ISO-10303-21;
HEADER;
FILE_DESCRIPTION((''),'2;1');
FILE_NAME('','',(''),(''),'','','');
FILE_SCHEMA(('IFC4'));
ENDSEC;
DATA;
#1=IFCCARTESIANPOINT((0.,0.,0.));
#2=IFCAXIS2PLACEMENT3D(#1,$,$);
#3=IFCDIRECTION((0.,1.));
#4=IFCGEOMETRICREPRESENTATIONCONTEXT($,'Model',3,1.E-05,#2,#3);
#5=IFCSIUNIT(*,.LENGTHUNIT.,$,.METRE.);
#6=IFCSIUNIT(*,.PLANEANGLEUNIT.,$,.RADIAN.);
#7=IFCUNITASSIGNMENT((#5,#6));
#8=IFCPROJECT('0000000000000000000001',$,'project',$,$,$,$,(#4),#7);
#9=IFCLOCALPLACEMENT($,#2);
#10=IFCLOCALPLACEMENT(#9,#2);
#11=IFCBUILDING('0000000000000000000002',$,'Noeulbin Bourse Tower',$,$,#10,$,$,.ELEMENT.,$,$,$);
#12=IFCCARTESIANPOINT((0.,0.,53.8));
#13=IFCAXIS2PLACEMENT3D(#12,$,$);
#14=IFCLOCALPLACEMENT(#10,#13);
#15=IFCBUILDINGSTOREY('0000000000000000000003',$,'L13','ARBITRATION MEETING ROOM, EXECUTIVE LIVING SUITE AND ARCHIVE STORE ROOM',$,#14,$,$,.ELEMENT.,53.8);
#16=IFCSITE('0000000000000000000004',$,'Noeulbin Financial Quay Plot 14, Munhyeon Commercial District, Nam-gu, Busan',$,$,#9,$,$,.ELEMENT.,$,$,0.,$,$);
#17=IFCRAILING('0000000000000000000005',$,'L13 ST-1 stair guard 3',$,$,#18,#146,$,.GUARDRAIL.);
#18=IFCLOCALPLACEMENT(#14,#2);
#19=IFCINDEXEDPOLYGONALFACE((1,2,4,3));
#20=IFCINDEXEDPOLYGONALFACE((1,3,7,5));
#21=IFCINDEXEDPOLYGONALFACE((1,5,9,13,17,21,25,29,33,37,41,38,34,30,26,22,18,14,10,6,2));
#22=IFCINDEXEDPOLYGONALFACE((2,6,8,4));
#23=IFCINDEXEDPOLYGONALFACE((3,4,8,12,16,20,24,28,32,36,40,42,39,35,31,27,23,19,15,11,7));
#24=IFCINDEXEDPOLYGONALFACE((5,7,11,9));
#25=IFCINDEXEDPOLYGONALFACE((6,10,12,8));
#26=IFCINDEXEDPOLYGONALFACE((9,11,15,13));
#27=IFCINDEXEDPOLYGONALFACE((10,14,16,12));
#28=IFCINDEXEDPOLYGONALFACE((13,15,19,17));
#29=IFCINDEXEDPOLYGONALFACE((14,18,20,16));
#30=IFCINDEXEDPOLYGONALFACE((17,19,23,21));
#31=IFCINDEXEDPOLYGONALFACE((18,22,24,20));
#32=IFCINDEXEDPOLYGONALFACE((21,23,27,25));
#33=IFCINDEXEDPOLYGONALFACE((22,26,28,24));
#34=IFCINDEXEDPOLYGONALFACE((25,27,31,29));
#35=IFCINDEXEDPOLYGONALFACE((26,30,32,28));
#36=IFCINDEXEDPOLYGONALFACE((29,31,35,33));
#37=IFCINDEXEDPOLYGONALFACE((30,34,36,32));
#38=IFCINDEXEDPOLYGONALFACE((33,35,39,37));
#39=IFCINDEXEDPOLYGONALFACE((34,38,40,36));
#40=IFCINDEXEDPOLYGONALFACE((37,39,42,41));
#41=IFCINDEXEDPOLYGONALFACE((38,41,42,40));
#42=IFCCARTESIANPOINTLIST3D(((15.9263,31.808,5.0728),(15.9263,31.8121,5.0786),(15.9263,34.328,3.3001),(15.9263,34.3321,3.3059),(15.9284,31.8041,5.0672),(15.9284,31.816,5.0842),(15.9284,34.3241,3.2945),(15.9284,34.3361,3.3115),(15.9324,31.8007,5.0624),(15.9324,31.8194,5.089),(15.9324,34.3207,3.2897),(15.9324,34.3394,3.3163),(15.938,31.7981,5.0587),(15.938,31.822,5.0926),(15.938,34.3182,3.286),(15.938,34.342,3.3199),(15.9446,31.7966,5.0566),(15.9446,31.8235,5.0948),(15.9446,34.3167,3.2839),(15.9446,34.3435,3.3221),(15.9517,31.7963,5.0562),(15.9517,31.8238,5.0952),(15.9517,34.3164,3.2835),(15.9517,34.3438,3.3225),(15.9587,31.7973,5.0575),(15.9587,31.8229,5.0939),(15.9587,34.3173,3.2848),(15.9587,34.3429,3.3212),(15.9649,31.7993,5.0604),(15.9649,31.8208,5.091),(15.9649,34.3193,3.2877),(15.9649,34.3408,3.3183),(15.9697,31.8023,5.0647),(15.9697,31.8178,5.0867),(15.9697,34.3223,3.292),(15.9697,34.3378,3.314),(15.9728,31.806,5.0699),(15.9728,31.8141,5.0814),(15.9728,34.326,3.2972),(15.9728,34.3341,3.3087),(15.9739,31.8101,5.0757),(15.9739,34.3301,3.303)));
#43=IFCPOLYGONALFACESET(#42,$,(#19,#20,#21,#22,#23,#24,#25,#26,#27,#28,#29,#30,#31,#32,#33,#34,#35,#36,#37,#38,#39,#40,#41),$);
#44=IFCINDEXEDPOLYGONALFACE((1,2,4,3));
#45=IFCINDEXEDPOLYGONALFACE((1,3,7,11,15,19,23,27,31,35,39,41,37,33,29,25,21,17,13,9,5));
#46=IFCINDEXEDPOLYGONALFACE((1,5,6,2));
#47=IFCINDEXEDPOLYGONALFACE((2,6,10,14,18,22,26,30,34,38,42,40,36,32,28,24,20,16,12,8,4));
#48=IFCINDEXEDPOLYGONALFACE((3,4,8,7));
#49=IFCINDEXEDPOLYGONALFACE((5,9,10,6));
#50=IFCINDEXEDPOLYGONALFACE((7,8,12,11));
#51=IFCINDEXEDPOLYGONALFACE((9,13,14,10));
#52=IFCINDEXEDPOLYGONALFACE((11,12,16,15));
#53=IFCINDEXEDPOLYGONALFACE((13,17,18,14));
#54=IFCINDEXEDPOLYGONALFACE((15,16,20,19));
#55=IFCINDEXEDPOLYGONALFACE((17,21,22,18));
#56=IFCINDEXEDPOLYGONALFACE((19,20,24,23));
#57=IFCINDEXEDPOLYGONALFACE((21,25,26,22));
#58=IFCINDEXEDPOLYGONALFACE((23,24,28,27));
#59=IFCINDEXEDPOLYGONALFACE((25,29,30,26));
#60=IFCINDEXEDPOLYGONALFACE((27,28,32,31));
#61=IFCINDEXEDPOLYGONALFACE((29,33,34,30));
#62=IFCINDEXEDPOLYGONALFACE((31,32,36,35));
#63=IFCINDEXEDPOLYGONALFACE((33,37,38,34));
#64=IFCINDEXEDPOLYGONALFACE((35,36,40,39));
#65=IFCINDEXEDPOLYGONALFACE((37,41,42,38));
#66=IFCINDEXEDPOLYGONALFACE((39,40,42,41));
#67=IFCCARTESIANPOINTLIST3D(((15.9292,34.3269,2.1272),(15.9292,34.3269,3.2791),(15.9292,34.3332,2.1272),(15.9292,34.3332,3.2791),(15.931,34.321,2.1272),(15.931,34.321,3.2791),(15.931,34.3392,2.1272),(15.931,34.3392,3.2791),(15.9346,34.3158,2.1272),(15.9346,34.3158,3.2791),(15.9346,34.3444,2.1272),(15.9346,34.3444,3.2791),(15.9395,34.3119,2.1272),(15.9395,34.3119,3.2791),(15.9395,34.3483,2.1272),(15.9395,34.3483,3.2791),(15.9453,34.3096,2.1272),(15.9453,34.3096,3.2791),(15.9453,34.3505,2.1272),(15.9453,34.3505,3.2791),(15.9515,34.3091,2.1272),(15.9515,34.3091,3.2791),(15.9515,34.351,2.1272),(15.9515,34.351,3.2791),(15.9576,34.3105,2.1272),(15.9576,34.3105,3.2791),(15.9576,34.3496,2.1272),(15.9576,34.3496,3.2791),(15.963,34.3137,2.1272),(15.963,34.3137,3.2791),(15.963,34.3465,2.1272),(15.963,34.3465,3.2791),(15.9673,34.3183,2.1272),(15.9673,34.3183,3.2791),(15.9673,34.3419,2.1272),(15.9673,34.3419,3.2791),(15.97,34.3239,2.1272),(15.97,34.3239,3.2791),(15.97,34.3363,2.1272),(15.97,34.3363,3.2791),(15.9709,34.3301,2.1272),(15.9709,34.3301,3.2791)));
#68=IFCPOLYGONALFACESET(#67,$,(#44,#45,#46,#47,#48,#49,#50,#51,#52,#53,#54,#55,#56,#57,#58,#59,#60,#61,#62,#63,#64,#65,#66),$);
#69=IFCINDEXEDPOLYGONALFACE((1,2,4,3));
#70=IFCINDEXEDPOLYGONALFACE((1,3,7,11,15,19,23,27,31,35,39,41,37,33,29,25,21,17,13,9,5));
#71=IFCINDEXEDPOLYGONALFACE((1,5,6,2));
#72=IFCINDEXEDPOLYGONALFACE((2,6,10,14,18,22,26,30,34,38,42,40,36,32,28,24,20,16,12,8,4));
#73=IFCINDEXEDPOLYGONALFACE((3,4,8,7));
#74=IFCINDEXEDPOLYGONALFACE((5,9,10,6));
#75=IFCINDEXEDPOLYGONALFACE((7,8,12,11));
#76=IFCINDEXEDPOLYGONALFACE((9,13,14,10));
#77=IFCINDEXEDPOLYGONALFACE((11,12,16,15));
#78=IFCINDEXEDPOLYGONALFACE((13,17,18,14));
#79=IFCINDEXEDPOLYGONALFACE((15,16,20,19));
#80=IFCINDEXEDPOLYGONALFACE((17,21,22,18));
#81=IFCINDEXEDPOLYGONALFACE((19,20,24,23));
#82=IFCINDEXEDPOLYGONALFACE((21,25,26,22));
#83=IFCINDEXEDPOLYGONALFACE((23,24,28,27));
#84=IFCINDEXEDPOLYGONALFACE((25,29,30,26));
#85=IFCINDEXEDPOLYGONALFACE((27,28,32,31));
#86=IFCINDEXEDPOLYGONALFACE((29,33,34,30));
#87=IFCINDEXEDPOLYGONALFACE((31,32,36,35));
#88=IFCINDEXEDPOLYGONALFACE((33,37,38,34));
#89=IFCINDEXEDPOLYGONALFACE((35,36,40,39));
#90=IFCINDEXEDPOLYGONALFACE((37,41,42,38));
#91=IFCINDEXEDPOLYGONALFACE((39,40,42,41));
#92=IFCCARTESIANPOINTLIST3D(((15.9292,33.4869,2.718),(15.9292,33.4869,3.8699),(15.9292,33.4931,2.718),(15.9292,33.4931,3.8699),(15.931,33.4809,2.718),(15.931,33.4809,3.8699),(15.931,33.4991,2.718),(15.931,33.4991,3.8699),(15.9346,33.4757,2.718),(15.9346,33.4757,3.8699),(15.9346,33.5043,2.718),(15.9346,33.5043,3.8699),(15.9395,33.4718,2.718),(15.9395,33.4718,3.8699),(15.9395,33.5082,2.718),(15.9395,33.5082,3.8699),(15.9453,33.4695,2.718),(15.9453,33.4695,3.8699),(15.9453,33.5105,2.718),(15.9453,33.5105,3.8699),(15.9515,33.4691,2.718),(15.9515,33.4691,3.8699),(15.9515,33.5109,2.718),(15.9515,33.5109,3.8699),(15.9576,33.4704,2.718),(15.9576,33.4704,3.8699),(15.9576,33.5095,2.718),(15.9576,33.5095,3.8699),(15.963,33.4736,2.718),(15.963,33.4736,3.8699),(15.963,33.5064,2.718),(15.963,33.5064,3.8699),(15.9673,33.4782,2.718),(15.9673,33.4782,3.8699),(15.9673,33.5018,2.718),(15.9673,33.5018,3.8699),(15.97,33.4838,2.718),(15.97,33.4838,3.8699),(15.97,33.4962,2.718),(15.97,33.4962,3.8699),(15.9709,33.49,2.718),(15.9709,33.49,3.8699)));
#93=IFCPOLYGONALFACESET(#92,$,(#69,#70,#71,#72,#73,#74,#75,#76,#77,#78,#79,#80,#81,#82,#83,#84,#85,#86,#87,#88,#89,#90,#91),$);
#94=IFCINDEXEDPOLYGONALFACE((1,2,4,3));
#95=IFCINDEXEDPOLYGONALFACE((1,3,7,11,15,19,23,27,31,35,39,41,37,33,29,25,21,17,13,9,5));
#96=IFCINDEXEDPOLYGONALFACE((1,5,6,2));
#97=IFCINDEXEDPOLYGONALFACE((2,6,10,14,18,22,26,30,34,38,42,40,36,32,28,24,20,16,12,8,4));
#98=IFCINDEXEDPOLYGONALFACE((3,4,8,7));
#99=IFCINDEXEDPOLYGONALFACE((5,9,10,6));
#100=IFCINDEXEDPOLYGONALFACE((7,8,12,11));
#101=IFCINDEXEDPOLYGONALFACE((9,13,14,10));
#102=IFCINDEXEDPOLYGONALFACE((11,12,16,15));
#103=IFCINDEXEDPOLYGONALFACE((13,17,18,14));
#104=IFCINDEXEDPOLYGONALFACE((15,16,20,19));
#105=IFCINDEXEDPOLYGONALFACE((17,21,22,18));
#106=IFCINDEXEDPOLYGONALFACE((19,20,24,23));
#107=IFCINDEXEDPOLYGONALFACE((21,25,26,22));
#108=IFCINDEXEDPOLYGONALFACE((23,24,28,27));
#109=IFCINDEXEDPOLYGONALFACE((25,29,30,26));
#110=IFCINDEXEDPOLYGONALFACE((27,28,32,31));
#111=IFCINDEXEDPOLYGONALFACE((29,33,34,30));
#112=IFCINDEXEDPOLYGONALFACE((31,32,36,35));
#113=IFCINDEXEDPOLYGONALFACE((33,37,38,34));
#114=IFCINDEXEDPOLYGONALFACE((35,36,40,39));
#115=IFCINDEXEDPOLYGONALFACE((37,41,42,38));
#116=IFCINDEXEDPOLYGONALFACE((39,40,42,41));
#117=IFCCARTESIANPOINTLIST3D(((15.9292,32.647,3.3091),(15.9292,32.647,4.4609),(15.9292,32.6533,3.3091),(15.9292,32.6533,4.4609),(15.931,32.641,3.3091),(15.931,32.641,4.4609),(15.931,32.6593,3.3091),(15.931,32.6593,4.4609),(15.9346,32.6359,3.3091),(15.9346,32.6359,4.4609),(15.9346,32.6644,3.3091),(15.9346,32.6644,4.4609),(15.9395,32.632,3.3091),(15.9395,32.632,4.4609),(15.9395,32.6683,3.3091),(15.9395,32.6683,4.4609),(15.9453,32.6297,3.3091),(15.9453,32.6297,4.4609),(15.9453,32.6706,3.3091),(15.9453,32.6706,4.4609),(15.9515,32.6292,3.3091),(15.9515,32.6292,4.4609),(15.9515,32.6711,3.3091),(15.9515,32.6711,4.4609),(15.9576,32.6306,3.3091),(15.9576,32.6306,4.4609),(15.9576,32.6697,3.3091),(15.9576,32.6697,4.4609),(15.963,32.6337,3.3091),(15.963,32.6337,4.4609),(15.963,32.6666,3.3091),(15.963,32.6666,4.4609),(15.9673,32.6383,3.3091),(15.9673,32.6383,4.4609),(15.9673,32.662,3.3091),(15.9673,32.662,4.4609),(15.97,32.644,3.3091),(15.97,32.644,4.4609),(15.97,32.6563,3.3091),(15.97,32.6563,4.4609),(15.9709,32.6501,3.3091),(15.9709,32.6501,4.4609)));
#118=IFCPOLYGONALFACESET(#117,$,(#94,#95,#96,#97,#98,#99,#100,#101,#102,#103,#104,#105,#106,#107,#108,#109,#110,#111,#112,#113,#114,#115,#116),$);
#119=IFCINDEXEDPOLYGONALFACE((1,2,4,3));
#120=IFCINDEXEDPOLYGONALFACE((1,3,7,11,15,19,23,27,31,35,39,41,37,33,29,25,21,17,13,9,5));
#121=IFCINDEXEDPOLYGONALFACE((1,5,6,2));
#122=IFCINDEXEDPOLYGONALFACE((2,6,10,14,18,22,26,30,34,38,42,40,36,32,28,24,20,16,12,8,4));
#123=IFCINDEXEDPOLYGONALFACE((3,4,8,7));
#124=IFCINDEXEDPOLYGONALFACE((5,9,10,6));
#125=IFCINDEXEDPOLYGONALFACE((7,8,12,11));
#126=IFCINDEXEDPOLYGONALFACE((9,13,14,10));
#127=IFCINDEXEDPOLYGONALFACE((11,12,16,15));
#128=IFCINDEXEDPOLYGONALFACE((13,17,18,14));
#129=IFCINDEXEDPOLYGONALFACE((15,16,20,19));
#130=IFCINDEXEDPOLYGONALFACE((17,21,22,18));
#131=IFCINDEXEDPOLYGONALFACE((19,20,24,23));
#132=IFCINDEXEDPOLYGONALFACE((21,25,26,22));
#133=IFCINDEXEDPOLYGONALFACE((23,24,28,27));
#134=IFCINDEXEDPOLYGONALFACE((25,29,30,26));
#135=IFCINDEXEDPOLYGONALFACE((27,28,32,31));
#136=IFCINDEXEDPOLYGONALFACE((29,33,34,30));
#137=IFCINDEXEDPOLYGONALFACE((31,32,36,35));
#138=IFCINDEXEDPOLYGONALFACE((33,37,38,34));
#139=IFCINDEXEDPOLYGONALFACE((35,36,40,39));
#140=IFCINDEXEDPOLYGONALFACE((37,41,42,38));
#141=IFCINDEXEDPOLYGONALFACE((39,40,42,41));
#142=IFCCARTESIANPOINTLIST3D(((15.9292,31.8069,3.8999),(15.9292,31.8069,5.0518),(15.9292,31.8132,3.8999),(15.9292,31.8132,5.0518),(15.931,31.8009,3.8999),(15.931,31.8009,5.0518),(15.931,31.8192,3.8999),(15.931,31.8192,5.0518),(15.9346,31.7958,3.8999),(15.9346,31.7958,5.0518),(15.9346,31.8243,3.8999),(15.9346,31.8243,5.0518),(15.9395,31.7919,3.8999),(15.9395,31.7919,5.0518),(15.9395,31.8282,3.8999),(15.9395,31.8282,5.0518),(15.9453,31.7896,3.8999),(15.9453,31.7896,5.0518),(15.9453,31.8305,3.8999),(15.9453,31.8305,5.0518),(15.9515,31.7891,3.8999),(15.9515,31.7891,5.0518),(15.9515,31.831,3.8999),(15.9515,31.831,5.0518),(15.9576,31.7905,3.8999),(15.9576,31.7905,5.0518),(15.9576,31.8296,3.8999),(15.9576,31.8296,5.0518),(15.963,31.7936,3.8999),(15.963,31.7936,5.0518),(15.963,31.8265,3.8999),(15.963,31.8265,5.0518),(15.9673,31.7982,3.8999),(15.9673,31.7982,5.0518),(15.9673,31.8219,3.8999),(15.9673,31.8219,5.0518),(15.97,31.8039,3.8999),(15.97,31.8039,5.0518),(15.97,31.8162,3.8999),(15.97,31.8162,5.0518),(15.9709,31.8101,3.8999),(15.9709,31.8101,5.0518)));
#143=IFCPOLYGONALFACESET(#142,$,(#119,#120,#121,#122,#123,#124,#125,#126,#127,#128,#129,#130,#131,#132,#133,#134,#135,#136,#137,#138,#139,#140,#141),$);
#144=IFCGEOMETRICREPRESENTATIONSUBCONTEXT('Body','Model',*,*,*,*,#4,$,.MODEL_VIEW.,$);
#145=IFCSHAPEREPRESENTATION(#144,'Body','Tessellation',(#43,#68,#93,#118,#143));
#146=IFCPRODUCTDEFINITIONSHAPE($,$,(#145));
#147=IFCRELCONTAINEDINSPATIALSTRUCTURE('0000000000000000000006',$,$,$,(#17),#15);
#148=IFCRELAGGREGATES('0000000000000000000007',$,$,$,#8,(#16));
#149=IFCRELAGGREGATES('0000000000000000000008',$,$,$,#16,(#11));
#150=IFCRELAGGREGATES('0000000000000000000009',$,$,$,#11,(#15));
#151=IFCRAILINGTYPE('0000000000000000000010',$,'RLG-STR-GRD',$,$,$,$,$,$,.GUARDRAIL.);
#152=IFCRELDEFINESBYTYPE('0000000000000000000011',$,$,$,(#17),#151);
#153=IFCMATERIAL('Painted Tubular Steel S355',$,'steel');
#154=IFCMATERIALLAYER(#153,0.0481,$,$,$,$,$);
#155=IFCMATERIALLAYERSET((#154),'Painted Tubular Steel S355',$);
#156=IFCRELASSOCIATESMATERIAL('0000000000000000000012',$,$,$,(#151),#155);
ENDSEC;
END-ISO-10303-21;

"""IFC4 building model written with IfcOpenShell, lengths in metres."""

from ifc_helpers import new_model, si_unit, direction, frame, origin, origin_2d, place, context, subcontext, project, spatial, circle, extrude, material, layer, layer_set, type_object, element, save


model = new_model("IFC4")

# Units and contexts
model_context = context("Model", 3, precision=1e-05, world=origin(), true_north=direction((0.0, 1.0)))
body_context = subcontext(model_context, "Body", "Model", "MODEL_VIEW")
ifc_project = project(units=[si_unit("LENGTHUNIT", "METRE"), si_unit("PLANEANGLEUNIT", "RADIAN")], contexts=[model_context])

# Site, building, storey
site_placement = place(None, origin())
site = spatial("IfcSite", under=ifc_project, at=site_placement, Name="Noeulbin Financial Quay Plot 14, Munhyeon Commercial District, Nam-gu, Busan", CompositionType="ELEMENT", RefElevation=0.0)
building_placement = place(site_placement, origin())
building = spatial("IfcBuilding", under=site, at=building_placement, Name="Noeulbin Bourse Tower", CompositionType="ELEMENT")
storey_placement = place(building_placement, frame((0.0, 0.0, 53.8)))
storey = spatial("IfcBuildingStorey", under=building, at=storey_placement, Name="L13", Description="ARBITRATION MEETING ROOM, EXECUTIVE LIVING SUITE AND ARCHIVE STORE ROOM", CompositionType="ELEMENT", Elevation=53.8)

# Railing
ifc_material_1 = material(Name="Painted Tubular Steel S355", Category="steel")
ifc_layer_1 = layer(ifc_material_1, 0.0481)
ifc_layer_set_1 = layer_set([ifc_layer_1], Name="Painted Tubular Steel S355")
railing_type_1 = type_object("IfcRailingType", Name="RLG-STR-GRD", PredefinedType="GUARDRAIL", material=ifc_layer_set_1)
railing_1_placement = place(storey_placement, frame((15.95, 34.3301, 2.1272)))
element("IfcRailing", 1, at=railing_1_placement, inside=storey, type_object=railing_type_1, Name="L13 ST-1 stair guard 3", PredefinedType="GUARDRAIL", context=body_context, shape_type="SweptSolid", body=[
    extrude(circle(Radius=0.0239, at=origin_2d()), frame((0.0, 0.0, 1.1758), z_axis=(0.0, -0.817904, 0.575354), x_axis=(1.0, 0.0, 0.0)), (0.0, 0.0, 1.0), 3.0811),
    extrude(circle(Radius=0.021, at=origin_2d()), origin(), (0.0, 0.0, 1.0), 1.1519),
    extrude(circle(Radius=0.021, at=origin_2d()), frame((0.0, -0.8401, 0.5908)), (0.0, 0.0, 1.0), 1.1519),
    extrude(circle(Radius=0.021, at=origin_2d()), frame((0.0, -1.6799, 1.1819)), (0.0, 0.0, 1.0), 1.1519),
    extrude(circle(Radius=0.021, at=origin_2d()), frame((0.0, -2.52, 1.7727)), (0.0, 0.0, 1.0), 1.1519),
])

save(model, "model.ifc")
